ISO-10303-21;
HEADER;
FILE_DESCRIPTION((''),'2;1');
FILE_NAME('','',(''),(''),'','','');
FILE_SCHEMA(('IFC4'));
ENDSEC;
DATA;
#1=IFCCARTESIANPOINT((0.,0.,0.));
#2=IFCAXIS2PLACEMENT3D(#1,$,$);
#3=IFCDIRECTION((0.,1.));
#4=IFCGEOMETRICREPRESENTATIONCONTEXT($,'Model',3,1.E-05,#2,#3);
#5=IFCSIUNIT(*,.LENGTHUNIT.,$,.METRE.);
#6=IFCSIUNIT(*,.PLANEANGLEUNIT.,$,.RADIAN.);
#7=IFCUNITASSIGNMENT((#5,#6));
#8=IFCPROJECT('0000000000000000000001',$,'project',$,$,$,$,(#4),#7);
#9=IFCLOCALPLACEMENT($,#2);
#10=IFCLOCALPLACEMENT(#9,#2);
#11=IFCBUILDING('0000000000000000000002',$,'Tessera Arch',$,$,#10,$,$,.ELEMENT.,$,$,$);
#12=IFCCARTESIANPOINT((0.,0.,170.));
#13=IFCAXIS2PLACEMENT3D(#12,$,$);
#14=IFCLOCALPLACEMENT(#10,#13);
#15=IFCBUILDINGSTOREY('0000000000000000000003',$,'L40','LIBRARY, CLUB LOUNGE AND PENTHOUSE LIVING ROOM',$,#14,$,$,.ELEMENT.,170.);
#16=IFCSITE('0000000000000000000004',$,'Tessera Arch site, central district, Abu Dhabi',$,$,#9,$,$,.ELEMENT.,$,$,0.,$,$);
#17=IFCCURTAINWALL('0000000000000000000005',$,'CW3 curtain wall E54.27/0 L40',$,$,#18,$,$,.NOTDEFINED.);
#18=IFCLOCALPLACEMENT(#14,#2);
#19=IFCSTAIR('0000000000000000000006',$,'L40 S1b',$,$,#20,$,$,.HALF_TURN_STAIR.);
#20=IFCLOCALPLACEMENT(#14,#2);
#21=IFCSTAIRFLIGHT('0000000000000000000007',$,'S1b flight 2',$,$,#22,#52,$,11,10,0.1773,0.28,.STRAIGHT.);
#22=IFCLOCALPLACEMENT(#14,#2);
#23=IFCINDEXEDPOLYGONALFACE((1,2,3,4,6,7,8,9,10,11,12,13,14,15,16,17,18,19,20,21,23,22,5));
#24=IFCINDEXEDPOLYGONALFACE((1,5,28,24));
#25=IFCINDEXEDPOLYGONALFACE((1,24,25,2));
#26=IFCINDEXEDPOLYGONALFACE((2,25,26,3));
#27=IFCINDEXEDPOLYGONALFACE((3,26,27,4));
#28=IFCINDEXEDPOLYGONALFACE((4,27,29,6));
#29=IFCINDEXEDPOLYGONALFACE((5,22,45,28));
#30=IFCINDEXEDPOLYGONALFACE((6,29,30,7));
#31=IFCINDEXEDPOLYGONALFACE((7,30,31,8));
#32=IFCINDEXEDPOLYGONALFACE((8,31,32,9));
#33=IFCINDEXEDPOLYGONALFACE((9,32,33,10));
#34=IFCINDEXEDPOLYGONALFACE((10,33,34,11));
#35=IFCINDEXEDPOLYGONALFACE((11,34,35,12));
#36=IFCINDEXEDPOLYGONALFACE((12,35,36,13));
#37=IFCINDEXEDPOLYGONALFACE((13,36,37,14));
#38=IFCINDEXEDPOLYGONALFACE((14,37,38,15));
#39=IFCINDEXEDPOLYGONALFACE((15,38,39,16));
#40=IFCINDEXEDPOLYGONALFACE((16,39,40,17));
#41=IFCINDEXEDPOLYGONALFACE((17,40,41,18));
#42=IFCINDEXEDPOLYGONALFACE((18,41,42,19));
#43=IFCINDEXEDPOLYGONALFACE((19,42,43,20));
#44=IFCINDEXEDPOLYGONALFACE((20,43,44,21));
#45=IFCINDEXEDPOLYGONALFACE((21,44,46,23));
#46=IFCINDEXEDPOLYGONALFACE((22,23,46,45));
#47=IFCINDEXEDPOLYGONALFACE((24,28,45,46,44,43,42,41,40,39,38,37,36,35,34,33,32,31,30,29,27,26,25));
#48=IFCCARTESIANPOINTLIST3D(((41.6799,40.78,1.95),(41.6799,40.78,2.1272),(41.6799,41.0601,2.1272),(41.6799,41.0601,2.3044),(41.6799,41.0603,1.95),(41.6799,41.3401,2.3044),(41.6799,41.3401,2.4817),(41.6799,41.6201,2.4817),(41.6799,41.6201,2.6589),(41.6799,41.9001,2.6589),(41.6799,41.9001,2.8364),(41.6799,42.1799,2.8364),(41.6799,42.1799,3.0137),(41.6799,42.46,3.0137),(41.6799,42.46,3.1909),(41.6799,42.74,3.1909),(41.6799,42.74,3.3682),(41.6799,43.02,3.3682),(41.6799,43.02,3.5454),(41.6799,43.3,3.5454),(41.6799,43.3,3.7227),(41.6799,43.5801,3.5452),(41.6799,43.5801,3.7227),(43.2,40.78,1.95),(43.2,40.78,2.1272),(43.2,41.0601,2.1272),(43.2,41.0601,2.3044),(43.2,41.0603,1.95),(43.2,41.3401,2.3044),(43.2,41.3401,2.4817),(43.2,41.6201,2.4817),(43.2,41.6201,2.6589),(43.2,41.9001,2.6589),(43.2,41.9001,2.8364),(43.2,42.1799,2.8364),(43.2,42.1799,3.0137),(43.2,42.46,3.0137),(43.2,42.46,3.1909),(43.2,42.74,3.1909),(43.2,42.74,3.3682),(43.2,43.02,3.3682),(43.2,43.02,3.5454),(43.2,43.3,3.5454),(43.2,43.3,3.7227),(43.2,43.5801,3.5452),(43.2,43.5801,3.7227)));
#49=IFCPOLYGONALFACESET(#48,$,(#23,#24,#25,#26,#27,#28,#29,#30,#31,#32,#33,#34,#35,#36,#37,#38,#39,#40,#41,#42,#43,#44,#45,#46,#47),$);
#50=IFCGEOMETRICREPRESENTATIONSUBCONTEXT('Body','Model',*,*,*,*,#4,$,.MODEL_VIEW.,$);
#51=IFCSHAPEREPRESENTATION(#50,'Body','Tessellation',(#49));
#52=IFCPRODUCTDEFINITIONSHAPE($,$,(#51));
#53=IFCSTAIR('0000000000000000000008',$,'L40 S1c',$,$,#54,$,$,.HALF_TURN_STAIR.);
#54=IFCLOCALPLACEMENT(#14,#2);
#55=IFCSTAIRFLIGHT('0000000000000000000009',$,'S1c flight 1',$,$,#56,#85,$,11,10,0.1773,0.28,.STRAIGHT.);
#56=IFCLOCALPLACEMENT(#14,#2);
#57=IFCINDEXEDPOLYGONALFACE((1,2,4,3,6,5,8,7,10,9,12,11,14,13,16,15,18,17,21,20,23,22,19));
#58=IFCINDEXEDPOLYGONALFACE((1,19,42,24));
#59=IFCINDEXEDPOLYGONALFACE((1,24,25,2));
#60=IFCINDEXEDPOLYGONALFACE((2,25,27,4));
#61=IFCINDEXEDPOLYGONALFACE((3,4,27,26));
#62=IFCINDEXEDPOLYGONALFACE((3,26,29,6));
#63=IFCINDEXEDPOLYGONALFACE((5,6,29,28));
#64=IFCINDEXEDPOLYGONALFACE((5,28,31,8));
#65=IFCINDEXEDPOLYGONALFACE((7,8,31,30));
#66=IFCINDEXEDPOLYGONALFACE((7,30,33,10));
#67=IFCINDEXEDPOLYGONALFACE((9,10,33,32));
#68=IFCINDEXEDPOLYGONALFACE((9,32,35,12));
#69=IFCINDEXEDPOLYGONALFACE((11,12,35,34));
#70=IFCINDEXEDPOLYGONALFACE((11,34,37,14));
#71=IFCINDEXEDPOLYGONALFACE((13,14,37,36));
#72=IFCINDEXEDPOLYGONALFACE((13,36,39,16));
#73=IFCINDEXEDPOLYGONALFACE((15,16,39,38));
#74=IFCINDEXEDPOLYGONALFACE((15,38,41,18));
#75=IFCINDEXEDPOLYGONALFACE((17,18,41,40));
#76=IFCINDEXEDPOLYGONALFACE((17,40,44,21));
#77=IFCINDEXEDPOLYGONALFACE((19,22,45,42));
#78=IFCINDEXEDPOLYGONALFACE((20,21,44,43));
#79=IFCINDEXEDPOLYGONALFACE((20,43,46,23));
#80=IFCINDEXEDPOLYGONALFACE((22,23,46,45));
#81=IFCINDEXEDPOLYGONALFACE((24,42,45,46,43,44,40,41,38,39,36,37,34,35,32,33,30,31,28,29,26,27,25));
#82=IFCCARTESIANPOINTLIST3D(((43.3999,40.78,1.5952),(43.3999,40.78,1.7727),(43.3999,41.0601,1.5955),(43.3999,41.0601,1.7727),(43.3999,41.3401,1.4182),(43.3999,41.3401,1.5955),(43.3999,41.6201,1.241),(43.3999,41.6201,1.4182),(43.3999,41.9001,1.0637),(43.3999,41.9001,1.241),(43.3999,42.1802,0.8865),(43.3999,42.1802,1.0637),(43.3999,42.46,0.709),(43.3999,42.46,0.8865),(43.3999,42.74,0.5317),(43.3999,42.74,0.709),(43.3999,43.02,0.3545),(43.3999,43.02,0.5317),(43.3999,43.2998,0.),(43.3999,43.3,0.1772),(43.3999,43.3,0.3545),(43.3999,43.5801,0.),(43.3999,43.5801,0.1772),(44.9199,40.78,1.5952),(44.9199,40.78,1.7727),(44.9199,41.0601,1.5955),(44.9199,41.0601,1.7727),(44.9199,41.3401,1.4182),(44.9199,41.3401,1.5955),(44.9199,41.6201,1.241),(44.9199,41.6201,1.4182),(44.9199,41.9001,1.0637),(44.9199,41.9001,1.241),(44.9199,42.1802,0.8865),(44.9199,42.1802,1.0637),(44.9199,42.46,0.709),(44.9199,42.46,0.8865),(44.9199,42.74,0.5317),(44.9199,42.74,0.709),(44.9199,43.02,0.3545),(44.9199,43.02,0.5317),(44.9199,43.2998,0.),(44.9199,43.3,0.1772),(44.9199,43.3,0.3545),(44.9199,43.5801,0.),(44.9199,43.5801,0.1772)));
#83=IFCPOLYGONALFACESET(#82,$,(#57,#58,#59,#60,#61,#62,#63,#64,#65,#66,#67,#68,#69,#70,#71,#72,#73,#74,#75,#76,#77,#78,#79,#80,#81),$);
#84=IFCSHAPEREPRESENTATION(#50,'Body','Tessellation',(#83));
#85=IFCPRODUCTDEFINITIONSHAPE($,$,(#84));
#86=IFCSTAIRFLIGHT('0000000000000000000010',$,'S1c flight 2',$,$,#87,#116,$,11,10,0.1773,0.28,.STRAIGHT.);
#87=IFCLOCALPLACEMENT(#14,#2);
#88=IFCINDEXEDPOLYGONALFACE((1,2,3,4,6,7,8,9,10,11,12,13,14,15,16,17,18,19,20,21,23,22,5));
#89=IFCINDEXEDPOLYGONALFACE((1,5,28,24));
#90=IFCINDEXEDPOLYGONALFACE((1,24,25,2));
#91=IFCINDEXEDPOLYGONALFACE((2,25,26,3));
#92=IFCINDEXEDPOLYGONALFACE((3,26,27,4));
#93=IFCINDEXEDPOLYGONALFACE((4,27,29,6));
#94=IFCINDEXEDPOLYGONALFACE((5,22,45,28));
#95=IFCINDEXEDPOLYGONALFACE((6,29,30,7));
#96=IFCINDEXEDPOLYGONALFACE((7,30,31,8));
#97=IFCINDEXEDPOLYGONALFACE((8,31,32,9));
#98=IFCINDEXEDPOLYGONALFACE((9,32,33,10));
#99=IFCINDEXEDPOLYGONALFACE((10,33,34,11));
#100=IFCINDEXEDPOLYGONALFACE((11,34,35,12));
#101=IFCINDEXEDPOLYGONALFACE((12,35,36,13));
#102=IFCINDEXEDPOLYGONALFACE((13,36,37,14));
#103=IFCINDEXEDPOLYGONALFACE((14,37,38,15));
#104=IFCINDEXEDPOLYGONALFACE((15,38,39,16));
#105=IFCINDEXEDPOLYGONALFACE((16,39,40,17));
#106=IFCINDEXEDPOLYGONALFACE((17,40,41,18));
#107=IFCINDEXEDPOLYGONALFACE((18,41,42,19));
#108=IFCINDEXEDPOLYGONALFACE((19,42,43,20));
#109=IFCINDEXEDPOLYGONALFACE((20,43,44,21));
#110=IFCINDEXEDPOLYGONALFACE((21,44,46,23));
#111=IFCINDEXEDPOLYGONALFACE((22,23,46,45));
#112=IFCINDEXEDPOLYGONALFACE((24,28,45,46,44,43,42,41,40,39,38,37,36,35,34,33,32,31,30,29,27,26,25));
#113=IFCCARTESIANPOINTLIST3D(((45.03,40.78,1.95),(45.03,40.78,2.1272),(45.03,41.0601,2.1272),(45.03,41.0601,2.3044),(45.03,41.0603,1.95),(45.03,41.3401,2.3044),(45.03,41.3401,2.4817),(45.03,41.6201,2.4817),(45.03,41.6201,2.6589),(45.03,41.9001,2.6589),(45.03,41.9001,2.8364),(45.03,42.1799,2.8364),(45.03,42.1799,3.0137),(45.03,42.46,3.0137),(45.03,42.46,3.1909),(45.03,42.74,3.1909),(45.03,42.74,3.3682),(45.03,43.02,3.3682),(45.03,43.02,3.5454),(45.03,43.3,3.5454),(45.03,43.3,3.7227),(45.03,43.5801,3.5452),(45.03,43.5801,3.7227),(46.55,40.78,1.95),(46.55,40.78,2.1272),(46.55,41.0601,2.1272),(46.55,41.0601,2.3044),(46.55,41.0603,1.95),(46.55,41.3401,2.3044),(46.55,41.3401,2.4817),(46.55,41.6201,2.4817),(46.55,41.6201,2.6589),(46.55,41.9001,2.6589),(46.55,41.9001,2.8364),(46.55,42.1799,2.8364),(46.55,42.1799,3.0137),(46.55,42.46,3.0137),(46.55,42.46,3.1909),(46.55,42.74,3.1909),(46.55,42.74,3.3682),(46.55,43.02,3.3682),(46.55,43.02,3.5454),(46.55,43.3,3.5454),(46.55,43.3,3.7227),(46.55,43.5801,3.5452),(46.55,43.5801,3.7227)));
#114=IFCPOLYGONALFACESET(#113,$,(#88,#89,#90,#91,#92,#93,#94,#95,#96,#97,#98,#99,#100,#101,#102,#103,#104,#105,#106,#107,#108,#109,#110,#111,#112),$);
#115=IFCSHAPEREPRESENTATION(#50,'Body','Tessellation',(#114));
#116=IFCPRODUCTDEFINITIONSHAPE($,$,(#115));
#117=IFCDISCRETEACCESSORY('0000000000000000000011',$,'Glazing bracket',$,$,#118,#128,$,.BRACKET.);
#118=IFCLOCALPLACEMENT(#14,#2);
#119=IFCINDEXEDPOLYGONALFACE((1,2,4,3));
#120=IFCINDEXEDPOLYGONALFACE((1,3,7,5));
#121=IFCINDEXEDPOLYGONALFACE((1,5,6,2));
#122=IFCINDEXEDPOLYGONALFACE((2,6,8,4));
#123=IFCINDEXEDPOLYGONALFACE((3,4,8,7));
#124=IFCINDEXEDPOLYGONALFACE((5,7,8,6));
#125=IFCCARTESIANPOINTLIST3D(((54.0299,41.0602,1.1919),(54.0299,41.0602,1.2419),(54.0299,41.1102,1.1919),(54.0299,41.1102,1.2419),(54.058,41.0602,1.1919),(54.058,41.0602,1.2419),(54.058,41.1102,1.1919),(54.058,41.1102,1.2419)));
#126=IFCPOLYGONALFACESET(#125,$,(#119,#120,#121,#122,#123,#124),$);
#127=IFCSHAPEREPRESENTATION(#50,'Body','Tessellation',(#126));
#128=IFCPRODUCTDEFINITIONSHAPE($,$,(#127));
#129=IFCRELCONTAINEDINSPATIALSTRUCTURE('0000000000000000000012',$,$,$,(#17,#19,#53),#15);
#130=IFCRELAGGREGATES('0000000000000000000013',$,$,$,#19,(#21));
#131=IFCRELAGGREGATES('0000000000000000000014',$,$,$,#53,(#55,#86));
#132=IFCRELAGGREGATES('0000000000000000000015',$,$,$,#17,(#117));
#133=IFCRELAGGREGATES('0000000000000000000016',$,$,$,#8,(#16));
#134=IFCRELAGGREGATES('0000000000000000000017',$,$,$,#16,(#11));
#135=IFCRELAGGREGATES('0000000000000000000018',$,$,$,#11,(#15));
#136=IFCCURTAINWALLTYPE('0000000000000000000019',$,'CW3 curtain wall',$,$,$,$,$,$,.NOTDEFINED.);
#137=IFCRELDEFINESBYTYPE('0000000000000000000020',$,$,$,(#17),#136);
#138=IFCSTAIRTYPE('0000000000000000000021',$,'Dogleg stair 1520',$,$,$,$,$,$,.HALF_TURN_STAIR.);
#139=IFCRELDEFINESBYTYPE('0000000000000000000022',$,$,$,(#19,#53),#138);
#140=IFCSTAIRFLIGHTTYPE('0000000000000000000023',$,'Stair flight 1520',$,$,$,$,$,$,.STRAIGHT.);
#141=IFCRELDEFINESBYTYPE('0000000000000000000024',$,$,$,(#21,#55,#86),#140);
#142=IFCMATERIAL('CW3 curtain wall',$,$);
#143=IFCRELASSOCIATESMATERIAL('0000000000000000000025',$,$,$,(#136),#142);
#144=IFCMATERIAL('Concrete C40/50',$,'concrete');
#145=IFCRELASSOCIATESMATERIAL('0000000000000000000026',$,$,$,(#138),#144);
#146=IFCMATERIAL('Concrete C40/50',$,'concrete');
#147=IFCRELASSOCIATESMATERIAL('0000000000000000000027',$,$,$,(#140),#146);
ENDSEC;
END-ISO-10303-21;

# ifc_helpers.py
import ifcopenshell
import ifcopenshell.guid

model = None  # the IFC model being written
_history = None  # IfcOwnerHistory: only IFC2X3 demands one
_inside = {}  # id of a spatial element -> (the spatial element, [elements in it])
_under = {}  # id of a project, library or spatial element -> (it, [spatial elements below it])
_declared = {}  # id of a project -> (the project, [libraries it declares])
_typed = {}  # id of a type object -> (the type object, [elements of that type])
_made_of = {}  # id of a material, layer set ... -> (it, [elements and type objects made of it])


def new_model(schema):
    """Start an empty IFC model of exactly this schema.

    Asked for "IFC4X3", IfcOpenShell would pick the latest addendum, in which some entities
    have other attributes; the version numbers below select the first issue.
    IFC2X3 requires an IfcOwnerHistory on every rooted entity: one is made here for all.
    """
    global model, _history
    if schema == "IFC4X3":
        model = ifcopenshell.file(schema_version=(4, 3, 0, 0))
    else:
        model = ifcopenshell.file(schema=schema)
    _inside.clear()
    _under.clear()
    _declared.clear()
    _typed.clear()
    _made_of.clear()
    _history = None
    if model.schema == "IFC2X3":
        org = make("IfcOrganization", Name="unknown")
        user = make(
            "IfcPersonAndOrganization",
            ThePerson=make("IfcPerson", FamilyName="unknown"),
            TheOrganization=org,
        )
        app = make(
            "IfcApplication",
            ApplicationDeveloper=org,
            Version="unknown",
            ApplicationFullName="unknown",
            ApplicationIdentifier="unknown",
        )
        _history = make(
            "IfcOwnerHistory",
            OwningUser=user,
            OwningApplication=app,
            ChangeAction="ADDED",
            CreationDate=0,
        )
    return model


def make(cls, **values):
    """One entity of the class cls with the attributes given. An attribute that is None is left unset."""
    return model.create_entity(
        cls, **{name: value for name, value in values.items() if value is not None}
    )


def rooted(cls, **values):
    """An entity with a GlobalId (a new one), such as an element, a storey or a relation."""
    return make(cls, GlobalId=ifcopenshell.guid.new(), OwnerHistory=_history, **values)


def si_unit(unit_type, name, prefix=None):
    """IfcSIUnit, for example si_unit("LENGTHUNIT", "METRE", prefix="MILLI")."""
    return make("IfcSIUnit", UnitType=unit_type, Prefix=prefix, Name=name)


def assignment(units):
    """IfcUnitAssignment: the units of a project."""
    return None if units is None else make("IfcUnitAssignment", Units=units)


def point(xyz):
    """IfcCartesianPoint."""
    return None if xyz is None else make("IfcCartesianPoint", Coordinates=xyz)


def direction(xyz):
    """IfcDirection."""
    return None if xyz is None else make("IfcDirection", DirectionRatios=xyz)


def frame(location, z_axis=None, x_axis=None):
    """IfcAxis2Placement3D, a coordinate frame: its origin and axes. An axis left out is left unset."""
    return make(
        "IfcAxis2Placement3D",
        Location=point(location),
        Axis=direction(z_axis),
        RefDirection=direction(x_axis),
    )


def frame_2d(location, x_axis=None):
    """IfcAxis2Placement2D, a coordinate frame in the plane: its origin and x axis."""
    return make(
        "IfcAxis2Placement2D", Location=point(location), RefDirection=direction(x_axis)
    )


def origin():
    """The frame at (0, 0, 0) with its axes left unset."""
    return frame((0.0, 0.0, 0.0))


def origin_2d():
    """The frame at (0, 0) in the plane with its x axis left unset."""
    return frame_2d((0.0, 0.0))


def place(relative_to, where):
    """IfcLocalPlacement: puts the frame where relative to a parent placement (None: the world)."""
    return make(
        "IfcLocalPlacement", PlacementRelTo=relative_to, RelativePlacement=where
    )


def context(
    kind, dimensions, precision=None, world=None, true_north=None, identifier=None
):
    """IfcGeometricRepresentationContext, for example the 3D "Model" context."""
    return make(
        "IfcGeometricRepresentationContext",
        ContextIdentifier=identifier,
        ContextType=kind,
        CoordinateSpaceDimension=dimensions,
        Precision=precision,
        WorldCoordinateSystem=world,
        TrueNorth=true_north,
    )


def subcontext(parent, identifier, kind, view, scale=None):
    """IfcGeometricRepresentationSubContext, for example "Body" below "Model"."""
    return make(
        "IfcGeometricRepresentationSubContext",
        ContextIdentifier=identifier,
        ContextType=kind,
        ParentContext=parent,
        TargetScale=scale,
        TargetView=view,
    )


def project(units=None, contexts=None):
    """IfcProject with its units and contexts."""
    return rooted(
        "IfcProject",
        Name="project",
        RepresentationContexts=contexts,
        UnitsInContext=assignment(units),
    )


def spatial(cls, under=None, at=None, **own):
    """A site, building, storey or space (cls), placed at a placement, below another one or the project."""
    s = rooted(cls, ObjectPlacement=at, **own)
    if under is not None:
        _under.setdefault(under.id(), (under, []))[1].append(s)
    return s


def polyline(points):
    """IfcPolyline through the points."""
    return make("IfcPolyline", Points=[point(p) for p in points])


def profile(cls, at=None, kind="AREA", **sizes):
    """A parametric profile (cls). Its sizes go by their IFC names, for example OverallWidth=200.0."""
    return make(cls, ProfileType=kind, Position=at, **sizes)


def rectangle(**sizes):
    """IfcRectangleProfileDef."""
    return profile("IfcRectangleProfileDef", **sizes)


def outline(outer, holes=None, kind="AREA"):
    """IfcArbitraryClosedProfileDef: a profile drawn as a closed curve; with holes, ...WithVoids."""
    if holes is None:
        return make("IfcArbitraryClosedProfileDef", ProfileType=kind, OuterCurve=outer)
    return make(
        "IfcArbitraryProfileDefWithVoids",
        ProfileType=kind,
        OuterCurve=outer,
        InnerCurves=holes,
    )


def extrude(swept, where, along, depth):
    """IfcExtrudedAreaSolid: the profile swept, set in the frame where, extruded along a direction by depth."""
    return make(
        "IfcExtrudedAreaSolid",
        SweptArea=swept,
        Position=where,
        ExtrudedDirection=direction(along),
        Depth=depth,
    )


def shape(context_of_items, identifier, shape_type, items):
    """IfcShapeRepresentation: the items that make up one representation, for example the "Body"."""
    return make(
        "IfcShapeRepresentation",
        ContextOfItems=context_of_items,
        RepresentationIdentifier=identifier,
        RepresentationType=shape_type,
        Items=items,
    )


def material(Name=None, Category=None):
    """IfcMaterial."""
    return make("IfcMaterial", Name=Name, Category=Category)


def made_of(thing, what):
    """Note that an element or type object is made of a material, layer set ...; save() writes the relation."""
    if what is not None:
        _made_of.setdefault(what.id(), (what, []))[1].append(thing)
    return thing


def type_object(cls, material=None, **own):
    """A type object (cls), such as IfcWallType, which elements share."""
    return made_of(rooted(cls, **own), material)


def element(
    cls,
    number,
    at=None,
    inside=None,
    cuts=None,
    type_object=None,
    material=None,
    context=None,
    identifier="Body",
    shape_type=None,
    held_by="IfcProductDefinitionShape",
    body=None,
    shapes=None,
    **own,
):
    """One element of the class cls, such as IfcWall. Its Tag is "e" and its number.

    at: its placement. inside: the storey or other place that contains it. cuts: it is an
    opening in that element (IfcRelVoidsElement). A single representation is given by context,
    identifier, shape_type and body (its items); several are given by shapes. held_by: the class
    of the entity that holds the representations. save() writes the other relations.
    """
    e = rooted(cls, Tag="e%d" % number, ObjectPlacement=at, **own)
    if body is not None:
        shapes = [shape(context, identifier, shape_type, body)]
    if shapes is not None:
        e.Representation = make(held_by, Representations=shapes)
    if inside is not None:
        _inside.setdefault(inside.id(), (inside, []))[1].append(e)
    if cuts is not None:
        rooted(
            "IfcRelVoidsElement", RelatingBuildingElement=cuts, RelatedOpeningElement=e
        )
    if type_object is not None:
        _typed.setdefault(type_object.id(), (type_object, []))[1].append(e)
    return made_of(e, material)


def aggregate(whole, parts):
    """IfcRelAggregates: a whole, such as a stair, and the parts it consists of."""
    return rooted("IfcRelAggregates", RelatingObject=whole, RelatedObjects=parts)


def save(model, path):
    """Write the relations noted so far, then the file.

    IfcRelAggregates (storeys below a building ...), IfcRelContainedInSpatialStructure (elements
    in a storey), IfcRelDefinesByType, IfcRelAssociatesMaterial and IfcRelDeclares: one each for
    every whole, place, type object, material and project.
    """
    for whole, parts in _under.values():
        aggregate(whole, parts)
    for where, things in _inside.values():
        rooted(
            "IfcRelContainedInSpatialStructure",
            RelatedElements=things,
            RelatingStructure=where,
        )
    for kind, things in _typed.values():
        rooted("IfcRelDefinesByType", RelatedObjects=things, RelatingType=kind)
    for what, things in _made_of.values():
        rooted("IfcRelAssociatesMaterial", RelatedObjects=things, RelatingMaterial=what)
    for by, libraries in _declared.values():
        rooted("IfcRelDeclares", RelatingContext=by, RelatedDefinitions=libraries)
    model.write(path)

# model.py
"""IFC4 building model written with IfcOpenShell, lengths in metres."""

from ifc_helpers import new_model, si_unit, direction, frame, origin, origin_2d, place, context, subcontext, project, spatial, polyline, rectangle, outline, extrude, material, type_object, element, aggregate, save


model = new_model("IFC4")

# Units and contexts
model_context = context("Model", 3, precision=1e-05, world=origin(), true_north=direction((0.0, 1.0)))
body_context = subcontext(model_context, "Body", "Model", "MODEL_VIEW")
ifc_project = project(units=[si_unit("LENGTHUNIT", "METRE"), si_unit("PLANEANGLEUNIT", "RADIAN")], contexts=[model_context])

# Site, building, storey
site_placement = place(None, origin())
site = spatial("IfcSite", under=ifc_project, at=site_placement, Name="Tessera Arch site, central district, Abu Dhabi", CompositionType="ELEMENT", RefElevation=0.0)
building_placement = place(site_placement, origin())
building = spatial("IfcBuilding", under=site, at=building_placement, Name="Tessera Arch", CompositionType="ELEMENT")
storey_placement = place(building_placement, frame((0.0, 0.0, 170.0)))
storey = spatial("IfcBuildingStorey", under=building, at=storey_placement, Name="L40", Description="LIBRARY, CLUB LOUNGE AND PENTHOUSE LIVING ROOM", CompositionType="ELEMENT", Elevation=170.0)

# Curtain wall
ifc_material_1 = material(Name="CW3 curtain wall")
curtain_wall_type_1 = type_object("IfcCurtainWallType", Name="CW3 curtain wall", PredefinedType="NOTDEFINED", material=ifc_material_1)
curtain_wall_1_placement = place(storey_placement, origin())
curtain_wall_1 = element("IfcCurtainWall", 1, at=curtain_wall_1_placement, inside=storey, type_object=curtain_wall_type_1, Name="CW3 curtain wall E54.27/0 L40", PredefinedType="NOTDEFINED")

# Stairs, stair flights
ifc_material_2 = material(Name="Concrete C40/50", Category="concrete")
stair_type = type_object("IfcStairType", Name="Dogleg stair 1520", PredefinedType="HALF_TURN_STAIR", material=ifc_material_2)
stair_1_placement = place(storey_placement, origin())
stair_1 = element("IfcStair", 2, at=stair_1_placement, inside=storey, type_object=stair_type, Name="L40 S1b", PredefinedType="HALF_TURN_STAIR")
ifc_material_3 = material(Name="Concrete C40/50", Category="concrete")
stair_flight_type = type_object("IfcStairFlightType", Name="Stair flight 1520", PredefinedType="STRAIGHT", material=ifc_material_3)
stair_flight_1_placement = place(storey_placement, frame((42.4399, 40.78, 1.95), z_axis=(0.0, 0.0, 1.0), x_axis=(0.0, 1.0, 0.0)))
stair_flight_1 = element("IfcStairFlight", 3, at=stair_flight_1_placement, type_object=stair_flight_type, Name="S1b flight 2", NumberOfRisers=11, NumberOfTreads=10, PredefinedType="STRAIGHT", RiserHeight=0.1773, TreadLength=0.28, context=body_context, shape_type="SweptSolid", body=[
    extrude(outline(polyline([(0.0, 0.0), (0.0, 0.1772), (0.28, 0.1772), (0.28, 0.3545), (0.5601, 0.3545), (0.5601, 0.5317), (0.8401, 0.5317), (0.8401, 0.709), (1.1201, 0.709), (1.1201, 0.8865), (1.3999, 0.8865), (1.3999, 1.0637), (1.6799, 1.0637), (1.6799, 1.241), (1.96, 1.241), (1.96, 1.4182), (2.24, 1.4182), (2.24, 1.5955), (2.52, 1.5955), (2.52, 1.7727), (2.8, 1.7727), (2.8, 1.95), (2.8, 1.5952), (0.2803, 0.0), (0.0, 0.0)])), frame((0.0, 0.76, 0.0), z_axis=(0.0, -1.0, 0.0), x_axis=(1.0, 0.0, 0.0)), (0.0, 0.0, 1.0), 1.52),
])
aggregate(stair_1, [stair_flight_1])
stair_2_placement = place(storey_placement, origin())
stair_2 = element("IfcStair", 4, at=stair_2_placement, inside=storey, type_object=stair_type, Name="L40 S1c", PredefinedType="HALF_TURN_STAIR")
stair_flight_2_placement = place(storey_placement, frame((44.1599, 43.5801, 0.0), z_axis=(0.0, 0.0, 1.0), x_axis=(0.0, -1.0, 0.0)))
stair_flight_2 = element("IfcStairFlight", 5, at=stair_flight_2_placement, type_object=stair_flight_type, Name="S1c flight 1", NumberOfRisers=11, NumberOfTreads=10, PredefinedType="STRAIGHT", RiserHeight=0.1773, TreadLength=0.28, context=body_context, shape_type="SweptSolid", body=[
    extrude(outline(polyline([(0.0, 0.0), (0.0, 0.1772), (0.28, 0.1772), (0.28, 0.3545), (0.5601, 0.3545), (0.5601, 0.5317), (0.8401, 0.5317), (0.8401, 0.709), (1.1201, 0.709), (1.1201, 0.8865), (1.3999, 0.8865), (1.3999, 1.0637), (1.6799, 1.0637), (1.6799, 1.241), (1.96, 1.241), (1.96, 1.4182), (2.24, 1.4182), (2.24, 1.5955), (2.52, 1.5955), (2.52, 1.7727), (2.8, 1.7727), (2.8, 1.95), (2.8, 1.5952), (0.2803, 0.0), (0.0, 0.0)])), frame((0.0, 0.76, 0.0), z_axis=(0.0, -1.0, 0.0), x_axis=(1.0, 0.0, 0.0)), (0.0, 0.0, 1.0), 1.52),
])
stair_flight_3_placement = place(storey_placement, frame((45.79, 40.78, 1.95), z_axis=(0.0, 0.0, 1.0), x_axis=(0.0, 1.0, 0.0)))
stair_flight_3 = element("IfcStairFlight", 6, at=stair_flight_3_placement, type_object=stair_flight_type, Name="S1c flight 2", NumberOfRisers=11, NumberOfTreads=10, PredefinedType="STRAIGHT", RiserHeight=0.1773, TreadLength=0.28, context=body_context, shape_type="SweptSolid", body=[
    extrude(outline(polyline([(0.0, 0.0), (0.0, 0.1772), (0.28, 0.1772), (0.28, 0.3545), (0.5601, 0.3545), (0.5601, 0.5317), (0.8401, 0.5317), (0.8401, 0.709), (1.1201, 0.709), (1.1201, 0.8865), (1.3999, 0.8865), (1.3999, 1.0637), (1.6799, 1.0637), (1.6799, 1.241), (1.96, 1.241), (1.96, 1.4182), (2.24, 1.4182), (2.24, 1.5955), (2.52, 1.5955), (2.52, 1.7727), (2.8, 1.7727), (2.8, 1.95), (2.8, 1.5952), (0.2803, 0.0), (0.0, 0.0)])), frame((0.0, 0.76, 0.0), z_axis=(0.0, -1.0, 0.0), x_axis=(1.0, 0.0, 0.0)), (0.0, 0.0, 1.0), 1.52),
])
aggregate(stair_2, [stair_flight_2, stair_flight_3])

# Discrete accessory
discrete_accessory_placement = place(storey_placement, frame((54.0439, 41.0852, 1.1919), z_axis=(0.0, 0.0, 1.0), x_axis=(0.0, 1.0, 0.0)))
discrete_accessory = element("IfcDiscreteAccessory", 7, at=discrete_accessory_placement, Name="Glazing bracket", PredefinedType="BRACKET", context=body_context, shape_type="SweptSolid", body=[
    extrude(rectangle(XDim=0.05, YDim=0.0281, at=origin_2d()), origin(), (0.0, 0.0, 1.0), 0.05),
])
aggregate(curtain_wall_1, [discrete_accessory])

save(model, "model.ifc")
